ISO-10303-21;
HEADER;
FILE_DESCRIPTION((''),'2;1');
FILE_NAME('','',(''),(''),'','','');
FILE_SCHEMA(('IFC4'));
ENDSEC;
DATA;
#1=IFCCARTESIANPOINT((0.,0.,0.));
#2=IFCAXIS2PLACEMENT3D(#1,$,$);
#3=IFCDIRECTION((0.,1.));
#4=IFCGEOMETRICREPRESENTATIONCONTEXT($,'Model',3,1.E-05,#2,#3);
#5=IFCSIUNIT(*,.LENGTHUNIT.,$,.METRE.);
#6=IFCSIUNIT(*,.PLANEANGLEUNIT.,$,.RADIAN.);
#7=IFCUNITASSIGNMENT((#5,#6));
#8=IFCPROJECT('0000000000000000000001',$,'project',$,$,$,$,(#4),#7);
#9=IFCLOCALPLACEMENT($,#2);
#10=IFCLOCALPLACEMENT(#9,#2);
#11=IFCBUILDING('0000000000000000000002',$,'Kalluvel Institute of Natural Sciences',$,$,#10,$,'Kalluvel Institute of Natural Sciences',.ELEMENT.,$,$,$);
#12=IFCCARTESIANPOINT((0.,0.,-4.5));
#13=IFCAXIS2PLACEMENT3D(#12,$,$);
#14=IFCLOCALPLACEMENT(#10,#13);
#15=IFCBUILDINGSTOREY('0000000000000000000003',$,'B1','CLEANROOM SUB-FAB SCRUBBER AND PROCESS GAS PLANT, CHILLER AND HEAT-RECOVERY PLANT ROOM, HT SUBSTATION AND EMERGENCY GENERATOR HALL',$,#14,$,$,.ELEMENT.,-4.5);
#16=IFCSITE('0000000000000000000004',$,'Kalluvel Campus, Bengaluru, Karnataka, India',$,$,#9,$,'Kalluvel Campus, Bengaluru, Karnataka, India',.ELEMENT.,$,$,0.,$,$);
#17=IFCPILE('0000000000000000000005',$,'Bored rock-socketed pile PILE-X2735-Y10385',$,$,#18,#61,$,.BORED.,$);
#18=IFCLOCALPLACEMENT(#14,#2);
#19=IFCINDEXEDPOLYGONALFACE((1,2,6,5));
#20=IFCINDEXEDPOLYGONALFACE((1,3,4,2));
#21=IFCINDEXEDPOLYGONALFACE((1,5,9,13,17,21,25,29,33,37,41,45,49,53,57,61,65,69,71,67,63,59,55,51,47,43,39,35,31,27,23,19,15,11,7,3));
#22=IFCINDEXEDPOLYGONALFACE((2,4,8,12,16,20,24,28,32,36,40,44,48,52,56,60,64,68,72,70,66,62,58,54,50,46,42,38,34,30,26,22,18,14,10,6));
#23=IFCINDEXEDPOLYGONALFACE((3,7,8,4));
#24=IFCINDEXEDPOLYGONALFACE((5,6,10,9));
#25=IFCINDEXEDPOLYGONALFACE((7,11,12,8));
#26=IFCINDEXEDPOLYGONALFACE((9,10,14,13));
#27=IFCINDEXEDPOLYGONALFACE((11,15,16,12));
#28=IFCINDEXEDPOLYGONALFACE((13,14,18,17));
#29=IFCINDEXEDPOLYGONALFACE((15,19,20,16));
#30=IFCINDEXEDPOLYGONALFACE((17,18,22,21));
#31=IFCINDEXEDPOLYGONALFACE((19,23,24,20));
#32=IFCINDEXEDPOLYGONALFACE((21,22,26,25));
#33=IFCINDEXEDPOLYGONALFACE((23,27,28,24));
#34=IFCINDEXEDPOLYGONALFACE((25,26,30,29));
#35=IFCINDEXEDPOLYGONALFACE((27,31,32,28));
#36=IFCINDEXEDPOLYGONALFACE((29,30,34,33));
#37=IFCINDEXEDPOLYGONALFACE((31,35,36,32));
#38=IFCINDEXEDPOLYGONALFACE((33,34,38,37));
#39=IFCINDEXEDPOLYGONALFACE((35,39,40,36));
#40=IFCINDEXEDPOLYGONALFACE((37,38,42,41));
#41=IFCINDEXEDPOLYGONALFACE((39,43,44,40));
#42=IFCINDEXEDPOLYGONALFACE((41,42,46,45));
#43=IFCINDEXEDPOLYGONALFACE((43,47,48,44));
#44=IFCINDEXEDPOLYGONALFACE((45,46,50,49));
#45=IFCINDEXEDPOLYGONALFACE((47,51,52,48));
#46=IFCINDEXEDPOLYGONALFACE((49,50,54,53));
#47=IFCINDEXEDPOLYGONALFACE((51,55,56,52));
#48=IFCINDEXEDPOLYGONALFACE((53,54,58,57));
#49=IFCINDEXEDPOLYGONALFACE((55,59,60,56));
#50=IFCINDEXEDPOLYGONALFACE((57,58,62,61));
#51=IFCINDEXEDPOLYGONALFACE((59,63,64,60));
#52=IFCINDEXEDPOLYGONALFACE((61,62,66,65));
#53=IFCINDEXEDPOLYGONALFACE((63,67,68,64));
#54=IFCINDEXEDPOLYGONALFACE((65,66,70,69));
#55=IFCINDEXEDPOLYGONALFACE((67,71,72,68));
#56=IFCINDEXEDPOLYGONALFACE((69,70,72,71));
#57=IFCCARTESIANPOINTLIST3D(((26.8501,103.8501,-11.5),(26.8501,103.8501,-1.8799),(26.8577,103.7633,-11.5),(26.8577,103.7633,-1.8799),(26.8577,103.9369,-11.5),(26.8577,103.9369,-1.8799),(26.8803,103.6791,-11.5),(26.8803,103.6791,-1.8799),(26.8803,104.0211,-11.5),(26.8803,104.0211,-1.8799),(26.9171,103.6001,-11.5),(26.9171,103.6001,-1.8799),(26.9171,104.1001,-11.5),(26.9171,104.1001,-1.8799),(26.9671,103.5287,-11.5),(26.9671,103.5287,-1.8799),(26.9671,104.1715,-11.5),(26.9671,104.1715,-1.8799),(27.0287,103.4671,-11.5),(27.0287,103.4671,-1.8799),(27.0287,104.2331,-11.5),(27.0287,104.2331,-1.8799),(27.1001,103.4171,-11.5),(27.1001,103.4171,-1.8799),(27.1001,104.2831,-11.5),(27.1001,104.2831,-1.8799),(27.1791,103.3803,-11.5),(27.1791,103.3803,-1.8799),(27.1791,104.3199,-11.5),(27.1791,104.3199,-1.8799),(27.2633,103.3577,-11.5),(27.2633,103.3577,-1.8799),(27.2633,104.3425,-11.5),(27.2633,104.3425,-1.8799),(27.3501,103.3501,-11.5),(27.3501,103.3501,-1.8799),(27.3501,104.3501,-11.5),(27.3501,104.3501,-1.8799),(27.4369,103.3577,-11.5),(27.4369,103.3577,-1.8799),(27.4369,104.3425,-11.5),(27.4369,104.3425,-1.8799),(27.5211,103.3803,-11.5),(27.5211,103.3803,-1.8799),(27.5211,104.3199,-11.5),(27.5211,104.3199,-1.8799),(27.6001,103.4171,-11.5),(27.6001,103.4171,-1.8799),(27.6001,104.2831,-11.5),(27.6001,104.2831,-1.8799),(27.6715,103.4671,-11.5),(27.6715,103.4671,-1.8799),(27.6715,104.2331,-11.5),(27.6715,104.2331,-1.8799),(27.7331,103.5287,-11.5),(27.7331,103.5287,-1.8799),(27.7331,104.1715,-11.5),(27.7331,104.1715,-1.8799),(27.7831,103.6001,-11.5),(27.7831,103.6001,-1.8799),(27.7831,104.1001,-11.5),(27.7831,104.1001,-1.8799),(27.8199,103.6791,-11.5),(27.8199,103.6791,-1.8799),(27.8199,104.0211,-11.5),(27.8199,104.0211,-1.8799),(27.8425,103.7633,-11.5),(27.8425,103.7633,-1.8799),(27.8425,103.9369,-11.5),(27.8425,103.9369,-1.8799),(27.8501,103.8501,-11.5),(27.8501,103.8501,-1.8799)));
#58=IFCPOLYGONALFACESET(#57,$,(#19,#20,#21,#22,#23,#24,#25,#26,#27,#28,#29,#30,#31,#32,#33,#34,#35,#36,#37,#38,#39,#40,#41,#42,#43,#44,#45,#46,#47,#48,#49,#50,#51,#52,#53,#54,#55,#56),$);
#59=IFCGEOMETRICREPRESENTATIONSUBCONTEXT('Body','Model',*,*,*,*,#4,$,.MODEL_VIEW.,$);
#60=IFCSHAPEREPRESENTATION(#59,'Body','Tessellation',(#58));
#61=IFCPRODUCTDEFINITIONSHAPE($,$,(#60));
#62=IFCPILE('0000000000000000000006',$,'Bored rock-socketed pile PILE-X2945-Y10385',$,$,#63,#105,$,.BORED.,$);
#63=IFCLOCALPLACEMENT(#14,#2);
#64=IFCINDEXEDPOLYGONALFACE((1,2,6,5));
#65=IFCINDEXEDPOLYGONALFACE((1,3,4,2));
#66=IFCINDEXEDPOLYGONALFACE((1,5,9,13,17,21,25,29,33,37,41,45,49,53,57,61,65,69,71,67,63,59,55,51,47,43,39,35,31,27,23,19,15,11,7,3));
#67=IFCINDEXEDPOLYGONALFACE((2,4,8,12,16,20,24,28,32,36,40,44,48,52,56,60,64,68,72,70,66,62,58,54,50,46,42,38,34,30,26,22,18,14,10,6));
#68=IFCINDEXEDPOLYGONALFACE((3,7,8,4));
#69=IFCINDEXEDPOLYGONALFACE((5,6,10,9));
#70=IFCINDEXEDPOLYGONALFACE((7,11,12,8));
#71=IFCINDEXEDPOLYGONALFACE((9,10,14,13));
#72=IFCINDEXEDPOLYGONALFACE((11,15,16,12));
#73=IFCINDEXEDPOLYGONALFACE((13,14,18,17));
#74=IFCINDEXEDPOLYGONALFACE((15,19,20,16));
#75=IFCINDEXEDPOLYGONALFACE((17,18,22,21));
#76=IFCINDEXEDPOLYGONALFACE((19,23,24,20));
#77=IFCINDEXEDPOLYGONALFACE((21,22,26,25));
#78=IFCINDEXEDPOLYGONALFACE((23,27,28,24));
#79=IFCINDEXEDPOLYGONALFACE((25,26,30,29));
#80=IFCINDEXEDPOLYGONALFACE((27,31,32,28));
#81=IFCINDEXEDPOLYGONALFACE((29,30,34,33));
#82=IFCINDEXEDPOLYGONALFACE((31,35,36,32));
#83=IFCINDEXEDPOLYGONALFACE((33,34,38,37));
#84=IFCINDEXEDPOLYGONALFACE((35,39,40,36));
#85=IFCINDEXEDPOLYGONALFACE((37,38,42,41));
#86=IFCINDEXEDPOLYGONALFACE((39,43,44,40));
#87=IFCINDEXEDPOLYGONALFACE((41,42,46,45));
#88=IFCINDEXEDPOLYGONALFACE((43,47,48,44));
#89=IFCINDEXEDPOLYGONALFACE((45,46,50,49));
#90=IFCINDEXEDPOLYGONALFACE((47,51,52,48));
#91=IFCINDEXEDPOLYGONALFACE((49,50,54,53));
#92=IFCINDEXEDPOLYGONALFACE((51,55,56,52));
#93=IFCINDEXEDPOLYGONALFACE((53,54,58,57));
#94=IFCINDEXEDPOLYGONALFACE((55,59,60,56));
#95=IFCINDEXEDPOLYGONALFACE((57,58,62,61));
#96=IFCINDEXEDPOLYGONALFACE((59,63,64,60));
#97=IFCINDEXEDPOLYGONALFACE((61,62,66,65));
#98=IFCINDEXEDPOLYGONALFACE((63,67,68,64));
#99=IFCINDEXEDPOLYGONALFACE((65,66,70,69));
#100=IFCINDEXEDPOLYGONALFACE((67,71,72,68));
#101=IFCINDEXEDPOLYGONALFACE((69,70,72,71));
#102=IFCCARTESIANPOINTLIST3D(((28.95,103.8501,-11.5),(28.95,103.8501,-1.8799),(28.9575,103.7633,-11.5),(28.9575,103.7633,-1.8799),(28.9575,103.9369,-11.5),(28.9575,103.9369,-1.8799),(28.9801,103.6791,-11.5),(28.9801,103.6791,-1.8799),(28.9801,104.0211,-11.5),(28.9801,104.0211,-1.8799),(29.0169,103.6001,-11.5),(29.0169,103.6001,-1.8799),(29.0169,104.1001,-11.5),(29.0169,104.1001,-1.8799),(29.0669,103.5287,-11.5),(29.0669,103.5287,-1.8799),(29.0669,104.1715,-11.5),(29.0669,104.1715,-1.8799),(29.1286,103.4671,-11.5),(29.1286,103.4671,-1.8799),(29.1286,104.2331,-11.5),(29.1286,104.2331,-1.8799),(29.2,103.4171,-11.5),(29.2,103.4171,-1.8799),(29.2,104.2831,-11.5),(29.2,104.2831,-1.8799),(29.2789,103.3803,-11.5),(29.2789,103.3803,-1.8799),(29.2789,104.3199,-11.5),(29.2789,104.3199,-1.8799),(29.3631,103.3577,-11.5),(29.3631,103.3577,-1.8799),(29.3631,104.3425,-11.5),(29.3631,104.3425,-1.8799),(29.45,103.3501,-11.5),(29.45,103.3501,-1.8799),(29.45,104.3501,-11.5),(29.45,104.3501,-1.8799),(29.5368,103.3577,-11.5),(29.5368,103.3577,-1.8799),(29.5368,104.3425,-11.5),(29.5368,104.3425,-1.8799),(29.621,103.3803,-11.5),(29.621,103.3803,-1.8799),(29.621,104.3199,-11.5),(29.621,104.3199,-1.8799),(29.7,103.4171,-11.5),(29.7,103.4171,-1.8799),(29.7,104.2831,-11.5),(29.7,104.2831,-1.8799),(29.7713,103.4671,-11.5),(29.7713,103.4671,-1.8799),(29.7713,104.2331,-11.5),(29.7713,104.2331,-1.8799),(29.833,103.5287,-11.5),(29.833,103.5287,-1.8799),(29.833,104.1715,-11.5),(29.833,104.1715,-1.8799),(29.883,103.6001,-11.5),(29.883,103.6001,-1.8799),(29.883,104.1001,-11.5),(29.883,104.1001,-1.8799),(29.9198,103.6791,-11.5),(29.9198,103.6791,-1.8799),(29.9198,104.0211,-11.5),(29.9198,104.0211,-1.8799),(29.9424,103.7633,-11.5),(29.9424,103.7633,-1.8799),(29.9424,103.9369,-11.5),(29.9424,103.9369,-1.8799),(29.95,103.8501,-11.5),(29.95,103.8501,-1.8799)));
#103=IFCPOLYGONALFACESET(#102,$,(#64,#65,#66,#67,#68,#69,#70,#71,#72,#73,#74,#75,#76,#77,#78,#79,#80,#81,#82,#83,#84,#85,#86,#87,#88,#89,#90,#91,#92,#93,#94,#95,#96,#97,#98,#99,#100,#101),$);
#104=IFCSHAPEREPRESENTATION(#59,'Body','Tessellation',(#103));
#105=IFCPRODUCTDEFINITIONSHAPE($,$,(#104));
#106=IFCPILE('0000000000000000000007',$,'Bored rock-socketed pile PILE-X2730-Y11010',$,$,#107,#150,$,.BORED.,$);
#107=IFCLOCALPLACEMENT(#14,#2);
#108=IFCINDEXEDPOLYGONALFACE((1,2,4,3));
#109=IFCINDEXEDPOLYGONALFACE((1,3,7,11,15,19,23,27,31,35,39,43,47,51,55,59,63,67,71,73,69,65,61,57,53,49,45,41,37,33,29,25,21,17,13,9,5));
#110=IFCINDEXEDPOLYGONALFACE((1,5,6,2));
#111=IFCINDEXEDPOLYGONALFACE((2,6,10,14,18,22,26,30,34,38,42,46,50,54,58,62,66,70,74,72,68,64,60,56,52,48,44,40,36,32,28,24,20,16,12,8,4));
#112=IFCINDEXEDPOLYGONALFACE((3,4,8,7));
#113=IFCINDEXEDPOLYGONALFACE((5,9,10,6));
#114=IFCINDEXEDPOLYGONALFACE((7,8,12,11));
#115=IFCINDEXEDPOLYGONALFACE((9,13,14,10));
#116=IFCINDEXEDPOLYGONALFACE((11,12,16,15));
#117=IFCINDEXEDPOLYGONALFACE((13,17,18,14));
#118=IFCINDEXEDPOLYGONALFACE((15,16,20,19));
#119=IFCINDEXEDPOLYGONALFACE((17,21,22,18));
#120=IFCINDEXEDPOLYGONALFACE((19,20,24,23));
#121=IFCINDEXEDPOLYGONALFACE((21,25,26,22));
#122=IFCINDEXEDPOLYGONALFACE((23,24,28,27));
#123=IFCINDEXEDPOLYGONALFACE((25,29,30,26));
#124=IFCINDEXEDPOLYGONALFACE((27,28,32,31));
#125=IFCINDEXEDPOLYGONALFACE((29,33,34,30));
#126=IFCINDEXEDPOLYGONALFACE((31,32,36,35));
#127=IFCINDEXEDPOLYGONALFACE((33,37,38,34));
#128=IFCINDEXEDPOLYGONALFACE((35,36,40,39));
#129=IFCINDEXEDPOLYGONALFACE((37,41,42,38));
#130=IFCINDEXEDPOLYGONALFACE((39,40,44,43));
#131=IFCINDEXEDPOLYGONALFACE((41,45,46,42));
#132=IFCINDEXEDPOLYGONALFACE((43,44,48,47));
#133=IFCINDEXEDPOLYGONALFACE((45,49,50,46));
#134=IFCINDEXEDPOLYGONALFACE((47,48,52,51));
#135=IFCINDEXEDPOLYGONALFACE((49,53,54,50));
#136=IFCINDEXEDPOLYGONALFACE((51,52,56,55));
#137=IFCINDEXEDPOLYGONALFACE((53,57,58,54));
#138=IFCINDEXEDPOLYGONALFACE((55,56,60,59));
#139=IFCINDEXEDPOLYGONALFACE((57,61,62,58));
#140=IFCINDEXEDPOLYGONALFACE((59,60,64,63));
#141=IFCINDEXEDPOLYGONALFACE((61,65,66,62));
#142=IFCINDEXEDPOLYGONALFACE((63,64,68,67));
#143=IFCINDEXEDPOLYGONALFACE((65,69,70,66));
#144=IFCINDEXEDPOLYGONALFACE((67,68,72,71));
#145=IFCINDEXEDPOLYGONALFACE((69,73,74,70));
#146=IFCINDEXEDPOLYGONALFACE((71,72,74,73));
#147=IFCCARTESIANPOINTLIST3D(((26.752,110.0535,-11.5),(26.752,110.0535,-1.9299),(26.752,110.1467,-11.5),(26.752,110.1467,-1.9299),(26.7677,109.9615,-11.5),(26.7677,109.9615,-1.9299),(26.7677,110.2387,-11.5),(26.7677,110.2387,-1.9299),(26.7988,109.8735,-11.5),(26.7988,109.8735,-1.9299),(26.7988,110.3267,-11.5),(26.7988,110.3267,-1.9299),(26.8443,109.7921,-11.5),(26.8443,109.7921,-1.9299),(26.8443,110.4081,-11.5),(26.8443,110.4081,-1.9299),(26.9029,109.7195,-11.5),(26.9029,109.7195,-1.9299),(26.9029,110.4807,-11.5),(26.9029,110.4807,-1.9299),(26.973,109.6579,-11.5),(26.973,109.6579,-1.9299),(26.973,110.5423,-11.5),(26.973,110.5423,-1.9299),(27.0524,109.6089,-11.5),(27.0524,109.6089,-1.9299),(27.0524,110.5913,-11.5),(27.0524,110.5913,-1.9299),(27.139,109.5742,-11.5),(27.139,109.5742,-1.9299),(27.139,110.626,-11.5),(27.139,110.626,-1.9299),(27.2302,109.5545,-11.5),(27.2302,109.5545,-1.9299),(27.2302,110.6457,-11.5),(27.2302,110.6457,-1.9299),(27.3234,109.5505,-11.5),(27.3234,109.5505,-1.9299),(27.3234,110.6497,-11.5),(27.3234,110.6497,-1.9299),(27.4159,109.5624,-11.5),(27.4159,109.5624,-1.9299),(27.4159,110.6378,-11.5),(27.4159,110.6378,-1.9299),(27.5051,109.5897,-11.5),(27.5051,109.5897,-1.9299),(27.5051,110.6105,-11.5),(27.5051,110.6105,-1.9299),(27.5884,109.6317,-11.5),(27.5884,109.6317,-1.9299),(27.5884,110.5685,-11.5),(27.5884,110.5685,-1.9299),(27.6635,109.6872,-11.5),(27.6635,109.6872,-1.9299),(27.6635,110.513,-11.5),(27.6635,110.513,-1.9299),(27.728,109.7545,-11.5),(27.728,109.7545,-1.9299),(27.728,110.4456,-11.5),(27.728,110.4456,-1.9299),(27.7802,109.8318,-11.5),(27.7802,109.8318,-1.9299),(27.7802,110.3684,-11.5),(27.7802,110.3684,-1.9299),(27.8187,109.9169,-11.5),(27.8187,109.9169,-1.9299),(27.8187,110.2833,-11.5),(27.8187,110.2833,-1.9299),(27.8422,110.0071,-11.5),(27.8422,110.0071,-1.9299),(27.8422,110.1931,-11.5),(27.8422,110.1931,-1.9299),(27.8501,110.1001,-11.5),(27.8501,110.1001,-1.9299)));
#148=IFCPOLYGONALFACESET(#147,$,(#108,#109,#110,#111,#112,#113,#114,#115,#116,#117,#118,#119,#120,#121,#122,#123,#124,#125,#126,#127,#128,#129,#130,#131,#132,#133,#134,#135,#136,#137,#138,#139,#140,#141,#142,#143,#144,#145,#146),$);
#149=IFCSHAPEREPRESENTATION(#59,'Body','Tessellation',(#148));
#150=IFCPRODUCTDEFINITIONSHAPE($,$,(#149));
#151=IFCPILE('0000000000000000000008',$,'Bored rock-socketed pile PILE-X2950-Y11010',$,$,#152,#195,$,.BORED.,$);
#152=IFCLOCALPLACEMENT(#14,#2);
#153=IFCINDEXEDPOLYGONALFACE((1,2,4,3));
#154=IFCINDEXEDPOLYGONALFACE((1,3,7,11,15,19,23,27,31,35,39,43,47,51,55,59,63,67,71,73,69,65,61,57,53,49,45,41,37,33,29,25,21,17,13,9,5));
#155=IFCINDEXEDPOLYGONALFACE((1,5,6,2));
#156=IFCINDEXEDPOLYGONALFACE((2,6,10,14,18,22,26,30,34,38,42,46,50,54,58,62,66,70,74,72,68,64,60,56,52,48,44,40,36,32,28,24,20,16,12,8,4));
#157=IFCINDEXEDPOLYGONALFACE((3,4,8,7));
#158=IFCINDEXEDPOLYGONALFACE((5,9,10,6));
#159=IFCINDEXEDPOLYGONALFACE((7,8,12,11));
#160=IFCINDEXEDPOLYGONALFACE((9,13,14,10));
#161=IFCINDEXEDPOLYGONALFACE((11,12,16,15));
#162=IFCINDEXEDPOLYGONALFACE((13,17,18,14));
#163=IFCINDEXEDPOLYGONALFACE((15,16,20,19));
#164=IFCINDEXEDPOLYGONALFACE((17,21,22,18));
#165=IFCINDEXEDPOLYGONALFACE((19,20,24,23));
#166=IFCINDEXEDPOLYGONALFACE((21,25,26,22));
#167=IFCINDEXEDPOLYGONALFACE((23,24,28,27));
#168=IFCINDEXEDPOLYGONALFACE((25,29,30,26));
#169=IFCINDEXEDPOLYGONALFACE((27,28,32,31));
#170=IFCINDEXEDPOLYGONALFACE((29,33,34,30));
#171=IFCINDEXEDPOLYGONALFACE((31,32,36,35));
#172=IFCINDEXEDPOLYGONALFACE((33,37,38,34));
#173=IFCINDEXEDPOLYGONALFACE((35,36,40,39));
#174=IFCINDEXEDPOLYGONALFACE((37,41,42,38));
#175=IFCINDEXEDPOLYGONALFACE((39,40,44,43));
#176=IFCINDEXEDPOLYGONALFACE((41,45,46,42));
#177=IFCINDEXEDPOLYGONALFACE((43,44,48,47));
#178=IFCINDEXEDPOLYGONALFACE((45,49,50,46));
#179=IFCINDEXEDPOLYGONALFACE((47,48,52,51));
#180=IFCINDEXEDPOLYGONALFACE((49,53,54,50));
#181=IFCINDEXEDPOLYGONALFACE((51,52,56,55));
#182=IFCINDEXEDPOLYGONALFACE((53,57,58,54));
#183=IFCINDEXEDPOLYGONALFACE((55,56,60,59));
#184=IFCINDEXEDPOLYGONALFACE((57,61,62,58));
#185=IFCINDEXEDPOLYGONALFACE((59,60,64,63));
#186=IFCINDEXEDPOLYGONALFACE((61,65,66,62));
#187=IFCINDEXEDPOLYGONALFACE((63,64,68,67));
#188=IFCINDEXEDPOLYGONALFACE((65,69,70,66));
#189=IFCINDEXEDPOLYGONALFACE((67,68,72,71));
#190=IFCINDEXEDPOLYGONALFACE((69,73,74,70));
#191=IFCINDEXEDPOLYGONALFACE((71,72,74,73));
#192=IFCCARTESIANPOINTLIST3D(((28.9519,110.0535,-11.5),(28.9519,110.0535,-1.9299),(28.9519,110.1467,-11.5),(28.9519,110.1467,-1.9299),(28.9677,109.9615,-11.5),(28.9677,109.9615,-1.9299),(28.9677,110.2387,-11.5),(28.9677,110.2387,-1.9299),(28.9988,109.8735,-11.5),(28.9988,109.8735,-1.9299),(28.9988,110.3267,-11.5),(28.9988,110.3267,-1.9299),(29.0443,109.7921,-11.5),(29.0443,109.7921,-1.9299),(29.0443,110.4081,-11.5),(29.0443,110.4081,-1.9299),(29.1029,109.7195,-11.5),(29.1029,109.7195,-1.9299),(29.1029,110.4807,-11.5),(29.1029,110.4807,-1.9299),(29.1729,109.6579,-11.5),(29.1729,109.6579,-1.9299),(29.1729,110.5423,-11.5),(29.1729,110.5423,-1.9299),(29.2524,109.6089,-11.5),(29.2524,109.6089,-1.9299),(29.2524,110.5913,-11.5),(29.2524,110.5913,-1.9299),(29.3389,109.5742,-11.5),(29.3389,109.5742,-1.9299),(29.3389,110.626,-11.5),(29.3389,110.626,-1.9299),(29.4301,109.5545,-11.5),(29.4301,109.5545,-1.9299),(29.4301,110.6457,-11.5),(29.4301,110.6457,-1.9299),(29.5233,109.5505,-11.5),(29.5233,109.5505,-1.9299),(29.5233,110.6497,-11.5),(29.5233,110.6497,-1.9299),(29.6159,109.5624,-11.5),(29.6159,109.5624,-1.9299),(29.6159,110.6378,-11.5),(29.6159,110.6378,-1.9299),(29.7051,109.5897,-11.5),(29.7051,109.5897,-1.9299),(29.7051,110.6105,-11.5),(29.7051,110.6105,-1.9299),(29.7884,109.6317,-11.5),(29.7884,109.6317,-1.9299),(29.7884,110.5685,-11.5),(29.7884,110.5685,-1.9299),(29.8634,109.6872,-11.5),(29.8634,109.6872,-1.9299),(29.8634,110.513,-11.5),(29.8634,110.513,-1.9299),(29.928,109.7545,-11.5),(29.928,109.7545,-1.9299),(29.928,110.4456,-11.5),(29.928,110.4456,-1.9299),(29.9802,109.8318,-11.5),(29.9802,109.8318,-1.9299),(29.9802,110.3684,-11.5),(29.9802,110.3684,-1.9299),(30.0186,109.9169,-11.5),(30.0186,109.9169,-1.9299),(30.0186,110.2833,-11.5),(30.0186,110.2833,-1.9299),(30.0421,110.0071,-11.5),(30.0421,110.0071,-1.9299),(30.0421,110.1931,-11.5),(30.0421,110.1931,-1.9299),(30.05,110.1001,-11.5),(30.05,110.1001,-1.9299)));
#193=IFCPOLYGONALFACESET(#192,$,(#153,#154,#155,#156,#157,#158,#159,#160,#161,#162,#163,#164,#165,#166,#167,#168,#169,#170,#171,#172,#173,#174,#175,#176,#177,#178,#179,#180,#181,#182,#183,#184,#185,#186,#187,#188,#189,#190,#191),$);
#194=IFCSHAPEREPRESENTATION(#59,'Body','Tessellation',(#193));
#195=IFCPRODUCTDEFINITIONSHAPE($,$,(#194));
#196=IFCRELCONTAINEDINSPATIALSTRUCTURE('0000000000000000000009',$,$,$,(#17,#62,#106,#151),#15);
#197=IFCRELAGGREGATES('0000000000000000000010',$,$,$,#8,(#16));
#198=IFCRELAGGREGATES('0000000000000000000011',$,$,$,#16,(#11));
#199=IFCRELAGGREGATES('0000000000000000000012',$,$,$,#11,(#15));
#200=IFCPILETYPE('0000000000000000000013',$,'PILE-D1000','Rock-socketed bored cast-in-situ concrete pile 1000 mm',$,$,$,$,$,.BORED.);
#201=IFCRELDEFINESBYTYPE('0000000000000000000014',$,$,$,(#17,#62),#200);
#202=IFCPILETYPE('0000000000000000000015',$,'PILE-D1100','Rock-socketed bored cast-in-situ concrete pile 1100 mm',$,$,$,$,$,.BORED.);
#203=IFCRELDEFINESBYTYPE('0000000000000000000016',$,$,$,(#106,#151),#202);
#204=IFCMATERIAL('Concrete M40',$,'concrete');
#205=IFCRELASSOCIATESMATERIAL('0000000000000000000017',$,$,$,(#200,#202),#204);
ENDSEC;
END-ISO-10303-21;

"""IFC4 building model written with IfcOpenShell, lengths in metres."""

from ifc_helpers import new_model, si_unit, direction, frame, origin, origin_2d, place, context, subcontext, project, spatial, circle, extrude, material, material_profile, profile_set, type_object, element, save


model = new_model("IFC4")

# Units and contexts
model_context = context("Model", 3, precision=1e-05, world=origin(), true_north=direction((0.0, 1.0)))
body_context = subcontext(model_context, "Body", "Model", "MODEL_VIEW")
ifc_project = project(units=[si_unit("LENGTHUNIT", "METRE"), si_unit("PLANEANGLEUNIT", "RADIAN")], contexts=[model_context])

# Site, building, storey
site_placement = place(None, origin())
site = spatial("IfcSite", under=ifc_project, at=site_placement, Name="Kalluvel Campus, Bengaluru, Karnataka, India", LongName="Kalluvel Campus, Bengaluru, Karnataka, India", CompositionType="ELEMENT", RefElevation=0.0)
building_placement = place(site_placement, origin())
building = spatial("IfcBuilding", under=site, at=building_placement, Name="Kalluvel Institute of Natural Sciences", LongName="Kalluvel Institute of Natural Sciences", CompositionType="ELEMENT")
storey_placement = place(building_placement, frame((0.0, 0.0, -4.5)))
storey = spatial("IfcBuildingStorey", under=building, at=storey_placement, Name="B1", Description="CLEANROOM SUB-FAB SCRUBBER AND PROCESS GAS PLANT, CHILLER AND HEAT-RECOVERY PLANT ROOM, HT SUBSTATION AND EMERGENCY GENERATOR HALL", CompositionType="ELEMENT", Elevation=-4.5)

# Shared definitions
ifc_material_1 = material(Name="Concrete M40", Category="concrete")

# Piles
ifc_material_profile_1 = material_profile(ifc_material_1, circle(Radius=0.5, at=origin_2d()), Name="PILE D1000")
ifc_profile_set_1 = profile_set([ifc_material_profile_1], Name="Concrete M40")
pile_type_1 = type_object("IfcPileType", Name="PILE-D1000", Description="Rock-socketed bored cast-in-situ concrete pile 1000 mm", PredefinedType="BORED", material=ifc_profile_set_1)
for number, where, z_axis, x_axis, name in (
    (1, (27.3501, 103.8501, -1.8799), (0.0, 0.0, -1.0), (1.0, 0.0, 0.0), "Bored rock-socketed pile PILE-X2735-Y10385"),
    (2, (29.45, 103.8501, -1.8799), (0.0, 0.0, -1.0), (1.0, 0.0, 0.0), "Bored rock-socketed pile PILE-X2945-Y10385"),
):
    element("IfcPile", number, at=place(storey_placement, frame(where, z_axis=z_axis, x_axis=x_axis)), inside=storey, type_object=pile_type_1, Name=name, PredefinedType="BORED", context=body_context, shape_type="SweptSolid", body=[
        extrude(circle(Radius=0.5, at=origin_2d()), origin(), (0.0, 0.0, 1.0), 9.6201),
    ])
ifc_material_profile_2 = material_profile(ifc_material_1, circle(Radius=0.55, at=origin_2d()), Name="PILE D1100")
ifc_profile_set_2 = profile_set([ifc_material_profile_2], Name="Concrete M40")
pile_type_2 = type_object("IfcPileType", Name="PILE-D1100", Description="Rock-socketed bored cast-in-situ concrete pile 1100 mm", PredefinedType="BORED", material=ifc_profile_set_2)
for number, where, z_axis, x_axis, name in (
    (3, (27.3, 110.1001, -1.9299), (0.0, 0.0, -1.0), (1.0, 0.0, 0.0), "Bored rock-socketed pile PILE-X2730-Y11010"),
    (4, (29.5, 110.1001, -1.9299), (0.0, 0.0, -1.0), (1.0, 0.0, 0.0), "Bored rock-socketed pile PILE-X2950-Y11010"),
):
    element("IfcPile", number, at=place(storey_placement, frame(where, z_axis=z_axis, x_axis=x_axis)), inside=storey, type_object=pile_type_2, Name=name, PredefinedType="BORED", context=body_context, shape_type="SweptSolid", body=[
        extrude(circle(Radius=0.55, at=origin_2d()), origin(), (0.0, 0.0, 1.0), 9.5701),
    ])

save(model, "model.ifc")
